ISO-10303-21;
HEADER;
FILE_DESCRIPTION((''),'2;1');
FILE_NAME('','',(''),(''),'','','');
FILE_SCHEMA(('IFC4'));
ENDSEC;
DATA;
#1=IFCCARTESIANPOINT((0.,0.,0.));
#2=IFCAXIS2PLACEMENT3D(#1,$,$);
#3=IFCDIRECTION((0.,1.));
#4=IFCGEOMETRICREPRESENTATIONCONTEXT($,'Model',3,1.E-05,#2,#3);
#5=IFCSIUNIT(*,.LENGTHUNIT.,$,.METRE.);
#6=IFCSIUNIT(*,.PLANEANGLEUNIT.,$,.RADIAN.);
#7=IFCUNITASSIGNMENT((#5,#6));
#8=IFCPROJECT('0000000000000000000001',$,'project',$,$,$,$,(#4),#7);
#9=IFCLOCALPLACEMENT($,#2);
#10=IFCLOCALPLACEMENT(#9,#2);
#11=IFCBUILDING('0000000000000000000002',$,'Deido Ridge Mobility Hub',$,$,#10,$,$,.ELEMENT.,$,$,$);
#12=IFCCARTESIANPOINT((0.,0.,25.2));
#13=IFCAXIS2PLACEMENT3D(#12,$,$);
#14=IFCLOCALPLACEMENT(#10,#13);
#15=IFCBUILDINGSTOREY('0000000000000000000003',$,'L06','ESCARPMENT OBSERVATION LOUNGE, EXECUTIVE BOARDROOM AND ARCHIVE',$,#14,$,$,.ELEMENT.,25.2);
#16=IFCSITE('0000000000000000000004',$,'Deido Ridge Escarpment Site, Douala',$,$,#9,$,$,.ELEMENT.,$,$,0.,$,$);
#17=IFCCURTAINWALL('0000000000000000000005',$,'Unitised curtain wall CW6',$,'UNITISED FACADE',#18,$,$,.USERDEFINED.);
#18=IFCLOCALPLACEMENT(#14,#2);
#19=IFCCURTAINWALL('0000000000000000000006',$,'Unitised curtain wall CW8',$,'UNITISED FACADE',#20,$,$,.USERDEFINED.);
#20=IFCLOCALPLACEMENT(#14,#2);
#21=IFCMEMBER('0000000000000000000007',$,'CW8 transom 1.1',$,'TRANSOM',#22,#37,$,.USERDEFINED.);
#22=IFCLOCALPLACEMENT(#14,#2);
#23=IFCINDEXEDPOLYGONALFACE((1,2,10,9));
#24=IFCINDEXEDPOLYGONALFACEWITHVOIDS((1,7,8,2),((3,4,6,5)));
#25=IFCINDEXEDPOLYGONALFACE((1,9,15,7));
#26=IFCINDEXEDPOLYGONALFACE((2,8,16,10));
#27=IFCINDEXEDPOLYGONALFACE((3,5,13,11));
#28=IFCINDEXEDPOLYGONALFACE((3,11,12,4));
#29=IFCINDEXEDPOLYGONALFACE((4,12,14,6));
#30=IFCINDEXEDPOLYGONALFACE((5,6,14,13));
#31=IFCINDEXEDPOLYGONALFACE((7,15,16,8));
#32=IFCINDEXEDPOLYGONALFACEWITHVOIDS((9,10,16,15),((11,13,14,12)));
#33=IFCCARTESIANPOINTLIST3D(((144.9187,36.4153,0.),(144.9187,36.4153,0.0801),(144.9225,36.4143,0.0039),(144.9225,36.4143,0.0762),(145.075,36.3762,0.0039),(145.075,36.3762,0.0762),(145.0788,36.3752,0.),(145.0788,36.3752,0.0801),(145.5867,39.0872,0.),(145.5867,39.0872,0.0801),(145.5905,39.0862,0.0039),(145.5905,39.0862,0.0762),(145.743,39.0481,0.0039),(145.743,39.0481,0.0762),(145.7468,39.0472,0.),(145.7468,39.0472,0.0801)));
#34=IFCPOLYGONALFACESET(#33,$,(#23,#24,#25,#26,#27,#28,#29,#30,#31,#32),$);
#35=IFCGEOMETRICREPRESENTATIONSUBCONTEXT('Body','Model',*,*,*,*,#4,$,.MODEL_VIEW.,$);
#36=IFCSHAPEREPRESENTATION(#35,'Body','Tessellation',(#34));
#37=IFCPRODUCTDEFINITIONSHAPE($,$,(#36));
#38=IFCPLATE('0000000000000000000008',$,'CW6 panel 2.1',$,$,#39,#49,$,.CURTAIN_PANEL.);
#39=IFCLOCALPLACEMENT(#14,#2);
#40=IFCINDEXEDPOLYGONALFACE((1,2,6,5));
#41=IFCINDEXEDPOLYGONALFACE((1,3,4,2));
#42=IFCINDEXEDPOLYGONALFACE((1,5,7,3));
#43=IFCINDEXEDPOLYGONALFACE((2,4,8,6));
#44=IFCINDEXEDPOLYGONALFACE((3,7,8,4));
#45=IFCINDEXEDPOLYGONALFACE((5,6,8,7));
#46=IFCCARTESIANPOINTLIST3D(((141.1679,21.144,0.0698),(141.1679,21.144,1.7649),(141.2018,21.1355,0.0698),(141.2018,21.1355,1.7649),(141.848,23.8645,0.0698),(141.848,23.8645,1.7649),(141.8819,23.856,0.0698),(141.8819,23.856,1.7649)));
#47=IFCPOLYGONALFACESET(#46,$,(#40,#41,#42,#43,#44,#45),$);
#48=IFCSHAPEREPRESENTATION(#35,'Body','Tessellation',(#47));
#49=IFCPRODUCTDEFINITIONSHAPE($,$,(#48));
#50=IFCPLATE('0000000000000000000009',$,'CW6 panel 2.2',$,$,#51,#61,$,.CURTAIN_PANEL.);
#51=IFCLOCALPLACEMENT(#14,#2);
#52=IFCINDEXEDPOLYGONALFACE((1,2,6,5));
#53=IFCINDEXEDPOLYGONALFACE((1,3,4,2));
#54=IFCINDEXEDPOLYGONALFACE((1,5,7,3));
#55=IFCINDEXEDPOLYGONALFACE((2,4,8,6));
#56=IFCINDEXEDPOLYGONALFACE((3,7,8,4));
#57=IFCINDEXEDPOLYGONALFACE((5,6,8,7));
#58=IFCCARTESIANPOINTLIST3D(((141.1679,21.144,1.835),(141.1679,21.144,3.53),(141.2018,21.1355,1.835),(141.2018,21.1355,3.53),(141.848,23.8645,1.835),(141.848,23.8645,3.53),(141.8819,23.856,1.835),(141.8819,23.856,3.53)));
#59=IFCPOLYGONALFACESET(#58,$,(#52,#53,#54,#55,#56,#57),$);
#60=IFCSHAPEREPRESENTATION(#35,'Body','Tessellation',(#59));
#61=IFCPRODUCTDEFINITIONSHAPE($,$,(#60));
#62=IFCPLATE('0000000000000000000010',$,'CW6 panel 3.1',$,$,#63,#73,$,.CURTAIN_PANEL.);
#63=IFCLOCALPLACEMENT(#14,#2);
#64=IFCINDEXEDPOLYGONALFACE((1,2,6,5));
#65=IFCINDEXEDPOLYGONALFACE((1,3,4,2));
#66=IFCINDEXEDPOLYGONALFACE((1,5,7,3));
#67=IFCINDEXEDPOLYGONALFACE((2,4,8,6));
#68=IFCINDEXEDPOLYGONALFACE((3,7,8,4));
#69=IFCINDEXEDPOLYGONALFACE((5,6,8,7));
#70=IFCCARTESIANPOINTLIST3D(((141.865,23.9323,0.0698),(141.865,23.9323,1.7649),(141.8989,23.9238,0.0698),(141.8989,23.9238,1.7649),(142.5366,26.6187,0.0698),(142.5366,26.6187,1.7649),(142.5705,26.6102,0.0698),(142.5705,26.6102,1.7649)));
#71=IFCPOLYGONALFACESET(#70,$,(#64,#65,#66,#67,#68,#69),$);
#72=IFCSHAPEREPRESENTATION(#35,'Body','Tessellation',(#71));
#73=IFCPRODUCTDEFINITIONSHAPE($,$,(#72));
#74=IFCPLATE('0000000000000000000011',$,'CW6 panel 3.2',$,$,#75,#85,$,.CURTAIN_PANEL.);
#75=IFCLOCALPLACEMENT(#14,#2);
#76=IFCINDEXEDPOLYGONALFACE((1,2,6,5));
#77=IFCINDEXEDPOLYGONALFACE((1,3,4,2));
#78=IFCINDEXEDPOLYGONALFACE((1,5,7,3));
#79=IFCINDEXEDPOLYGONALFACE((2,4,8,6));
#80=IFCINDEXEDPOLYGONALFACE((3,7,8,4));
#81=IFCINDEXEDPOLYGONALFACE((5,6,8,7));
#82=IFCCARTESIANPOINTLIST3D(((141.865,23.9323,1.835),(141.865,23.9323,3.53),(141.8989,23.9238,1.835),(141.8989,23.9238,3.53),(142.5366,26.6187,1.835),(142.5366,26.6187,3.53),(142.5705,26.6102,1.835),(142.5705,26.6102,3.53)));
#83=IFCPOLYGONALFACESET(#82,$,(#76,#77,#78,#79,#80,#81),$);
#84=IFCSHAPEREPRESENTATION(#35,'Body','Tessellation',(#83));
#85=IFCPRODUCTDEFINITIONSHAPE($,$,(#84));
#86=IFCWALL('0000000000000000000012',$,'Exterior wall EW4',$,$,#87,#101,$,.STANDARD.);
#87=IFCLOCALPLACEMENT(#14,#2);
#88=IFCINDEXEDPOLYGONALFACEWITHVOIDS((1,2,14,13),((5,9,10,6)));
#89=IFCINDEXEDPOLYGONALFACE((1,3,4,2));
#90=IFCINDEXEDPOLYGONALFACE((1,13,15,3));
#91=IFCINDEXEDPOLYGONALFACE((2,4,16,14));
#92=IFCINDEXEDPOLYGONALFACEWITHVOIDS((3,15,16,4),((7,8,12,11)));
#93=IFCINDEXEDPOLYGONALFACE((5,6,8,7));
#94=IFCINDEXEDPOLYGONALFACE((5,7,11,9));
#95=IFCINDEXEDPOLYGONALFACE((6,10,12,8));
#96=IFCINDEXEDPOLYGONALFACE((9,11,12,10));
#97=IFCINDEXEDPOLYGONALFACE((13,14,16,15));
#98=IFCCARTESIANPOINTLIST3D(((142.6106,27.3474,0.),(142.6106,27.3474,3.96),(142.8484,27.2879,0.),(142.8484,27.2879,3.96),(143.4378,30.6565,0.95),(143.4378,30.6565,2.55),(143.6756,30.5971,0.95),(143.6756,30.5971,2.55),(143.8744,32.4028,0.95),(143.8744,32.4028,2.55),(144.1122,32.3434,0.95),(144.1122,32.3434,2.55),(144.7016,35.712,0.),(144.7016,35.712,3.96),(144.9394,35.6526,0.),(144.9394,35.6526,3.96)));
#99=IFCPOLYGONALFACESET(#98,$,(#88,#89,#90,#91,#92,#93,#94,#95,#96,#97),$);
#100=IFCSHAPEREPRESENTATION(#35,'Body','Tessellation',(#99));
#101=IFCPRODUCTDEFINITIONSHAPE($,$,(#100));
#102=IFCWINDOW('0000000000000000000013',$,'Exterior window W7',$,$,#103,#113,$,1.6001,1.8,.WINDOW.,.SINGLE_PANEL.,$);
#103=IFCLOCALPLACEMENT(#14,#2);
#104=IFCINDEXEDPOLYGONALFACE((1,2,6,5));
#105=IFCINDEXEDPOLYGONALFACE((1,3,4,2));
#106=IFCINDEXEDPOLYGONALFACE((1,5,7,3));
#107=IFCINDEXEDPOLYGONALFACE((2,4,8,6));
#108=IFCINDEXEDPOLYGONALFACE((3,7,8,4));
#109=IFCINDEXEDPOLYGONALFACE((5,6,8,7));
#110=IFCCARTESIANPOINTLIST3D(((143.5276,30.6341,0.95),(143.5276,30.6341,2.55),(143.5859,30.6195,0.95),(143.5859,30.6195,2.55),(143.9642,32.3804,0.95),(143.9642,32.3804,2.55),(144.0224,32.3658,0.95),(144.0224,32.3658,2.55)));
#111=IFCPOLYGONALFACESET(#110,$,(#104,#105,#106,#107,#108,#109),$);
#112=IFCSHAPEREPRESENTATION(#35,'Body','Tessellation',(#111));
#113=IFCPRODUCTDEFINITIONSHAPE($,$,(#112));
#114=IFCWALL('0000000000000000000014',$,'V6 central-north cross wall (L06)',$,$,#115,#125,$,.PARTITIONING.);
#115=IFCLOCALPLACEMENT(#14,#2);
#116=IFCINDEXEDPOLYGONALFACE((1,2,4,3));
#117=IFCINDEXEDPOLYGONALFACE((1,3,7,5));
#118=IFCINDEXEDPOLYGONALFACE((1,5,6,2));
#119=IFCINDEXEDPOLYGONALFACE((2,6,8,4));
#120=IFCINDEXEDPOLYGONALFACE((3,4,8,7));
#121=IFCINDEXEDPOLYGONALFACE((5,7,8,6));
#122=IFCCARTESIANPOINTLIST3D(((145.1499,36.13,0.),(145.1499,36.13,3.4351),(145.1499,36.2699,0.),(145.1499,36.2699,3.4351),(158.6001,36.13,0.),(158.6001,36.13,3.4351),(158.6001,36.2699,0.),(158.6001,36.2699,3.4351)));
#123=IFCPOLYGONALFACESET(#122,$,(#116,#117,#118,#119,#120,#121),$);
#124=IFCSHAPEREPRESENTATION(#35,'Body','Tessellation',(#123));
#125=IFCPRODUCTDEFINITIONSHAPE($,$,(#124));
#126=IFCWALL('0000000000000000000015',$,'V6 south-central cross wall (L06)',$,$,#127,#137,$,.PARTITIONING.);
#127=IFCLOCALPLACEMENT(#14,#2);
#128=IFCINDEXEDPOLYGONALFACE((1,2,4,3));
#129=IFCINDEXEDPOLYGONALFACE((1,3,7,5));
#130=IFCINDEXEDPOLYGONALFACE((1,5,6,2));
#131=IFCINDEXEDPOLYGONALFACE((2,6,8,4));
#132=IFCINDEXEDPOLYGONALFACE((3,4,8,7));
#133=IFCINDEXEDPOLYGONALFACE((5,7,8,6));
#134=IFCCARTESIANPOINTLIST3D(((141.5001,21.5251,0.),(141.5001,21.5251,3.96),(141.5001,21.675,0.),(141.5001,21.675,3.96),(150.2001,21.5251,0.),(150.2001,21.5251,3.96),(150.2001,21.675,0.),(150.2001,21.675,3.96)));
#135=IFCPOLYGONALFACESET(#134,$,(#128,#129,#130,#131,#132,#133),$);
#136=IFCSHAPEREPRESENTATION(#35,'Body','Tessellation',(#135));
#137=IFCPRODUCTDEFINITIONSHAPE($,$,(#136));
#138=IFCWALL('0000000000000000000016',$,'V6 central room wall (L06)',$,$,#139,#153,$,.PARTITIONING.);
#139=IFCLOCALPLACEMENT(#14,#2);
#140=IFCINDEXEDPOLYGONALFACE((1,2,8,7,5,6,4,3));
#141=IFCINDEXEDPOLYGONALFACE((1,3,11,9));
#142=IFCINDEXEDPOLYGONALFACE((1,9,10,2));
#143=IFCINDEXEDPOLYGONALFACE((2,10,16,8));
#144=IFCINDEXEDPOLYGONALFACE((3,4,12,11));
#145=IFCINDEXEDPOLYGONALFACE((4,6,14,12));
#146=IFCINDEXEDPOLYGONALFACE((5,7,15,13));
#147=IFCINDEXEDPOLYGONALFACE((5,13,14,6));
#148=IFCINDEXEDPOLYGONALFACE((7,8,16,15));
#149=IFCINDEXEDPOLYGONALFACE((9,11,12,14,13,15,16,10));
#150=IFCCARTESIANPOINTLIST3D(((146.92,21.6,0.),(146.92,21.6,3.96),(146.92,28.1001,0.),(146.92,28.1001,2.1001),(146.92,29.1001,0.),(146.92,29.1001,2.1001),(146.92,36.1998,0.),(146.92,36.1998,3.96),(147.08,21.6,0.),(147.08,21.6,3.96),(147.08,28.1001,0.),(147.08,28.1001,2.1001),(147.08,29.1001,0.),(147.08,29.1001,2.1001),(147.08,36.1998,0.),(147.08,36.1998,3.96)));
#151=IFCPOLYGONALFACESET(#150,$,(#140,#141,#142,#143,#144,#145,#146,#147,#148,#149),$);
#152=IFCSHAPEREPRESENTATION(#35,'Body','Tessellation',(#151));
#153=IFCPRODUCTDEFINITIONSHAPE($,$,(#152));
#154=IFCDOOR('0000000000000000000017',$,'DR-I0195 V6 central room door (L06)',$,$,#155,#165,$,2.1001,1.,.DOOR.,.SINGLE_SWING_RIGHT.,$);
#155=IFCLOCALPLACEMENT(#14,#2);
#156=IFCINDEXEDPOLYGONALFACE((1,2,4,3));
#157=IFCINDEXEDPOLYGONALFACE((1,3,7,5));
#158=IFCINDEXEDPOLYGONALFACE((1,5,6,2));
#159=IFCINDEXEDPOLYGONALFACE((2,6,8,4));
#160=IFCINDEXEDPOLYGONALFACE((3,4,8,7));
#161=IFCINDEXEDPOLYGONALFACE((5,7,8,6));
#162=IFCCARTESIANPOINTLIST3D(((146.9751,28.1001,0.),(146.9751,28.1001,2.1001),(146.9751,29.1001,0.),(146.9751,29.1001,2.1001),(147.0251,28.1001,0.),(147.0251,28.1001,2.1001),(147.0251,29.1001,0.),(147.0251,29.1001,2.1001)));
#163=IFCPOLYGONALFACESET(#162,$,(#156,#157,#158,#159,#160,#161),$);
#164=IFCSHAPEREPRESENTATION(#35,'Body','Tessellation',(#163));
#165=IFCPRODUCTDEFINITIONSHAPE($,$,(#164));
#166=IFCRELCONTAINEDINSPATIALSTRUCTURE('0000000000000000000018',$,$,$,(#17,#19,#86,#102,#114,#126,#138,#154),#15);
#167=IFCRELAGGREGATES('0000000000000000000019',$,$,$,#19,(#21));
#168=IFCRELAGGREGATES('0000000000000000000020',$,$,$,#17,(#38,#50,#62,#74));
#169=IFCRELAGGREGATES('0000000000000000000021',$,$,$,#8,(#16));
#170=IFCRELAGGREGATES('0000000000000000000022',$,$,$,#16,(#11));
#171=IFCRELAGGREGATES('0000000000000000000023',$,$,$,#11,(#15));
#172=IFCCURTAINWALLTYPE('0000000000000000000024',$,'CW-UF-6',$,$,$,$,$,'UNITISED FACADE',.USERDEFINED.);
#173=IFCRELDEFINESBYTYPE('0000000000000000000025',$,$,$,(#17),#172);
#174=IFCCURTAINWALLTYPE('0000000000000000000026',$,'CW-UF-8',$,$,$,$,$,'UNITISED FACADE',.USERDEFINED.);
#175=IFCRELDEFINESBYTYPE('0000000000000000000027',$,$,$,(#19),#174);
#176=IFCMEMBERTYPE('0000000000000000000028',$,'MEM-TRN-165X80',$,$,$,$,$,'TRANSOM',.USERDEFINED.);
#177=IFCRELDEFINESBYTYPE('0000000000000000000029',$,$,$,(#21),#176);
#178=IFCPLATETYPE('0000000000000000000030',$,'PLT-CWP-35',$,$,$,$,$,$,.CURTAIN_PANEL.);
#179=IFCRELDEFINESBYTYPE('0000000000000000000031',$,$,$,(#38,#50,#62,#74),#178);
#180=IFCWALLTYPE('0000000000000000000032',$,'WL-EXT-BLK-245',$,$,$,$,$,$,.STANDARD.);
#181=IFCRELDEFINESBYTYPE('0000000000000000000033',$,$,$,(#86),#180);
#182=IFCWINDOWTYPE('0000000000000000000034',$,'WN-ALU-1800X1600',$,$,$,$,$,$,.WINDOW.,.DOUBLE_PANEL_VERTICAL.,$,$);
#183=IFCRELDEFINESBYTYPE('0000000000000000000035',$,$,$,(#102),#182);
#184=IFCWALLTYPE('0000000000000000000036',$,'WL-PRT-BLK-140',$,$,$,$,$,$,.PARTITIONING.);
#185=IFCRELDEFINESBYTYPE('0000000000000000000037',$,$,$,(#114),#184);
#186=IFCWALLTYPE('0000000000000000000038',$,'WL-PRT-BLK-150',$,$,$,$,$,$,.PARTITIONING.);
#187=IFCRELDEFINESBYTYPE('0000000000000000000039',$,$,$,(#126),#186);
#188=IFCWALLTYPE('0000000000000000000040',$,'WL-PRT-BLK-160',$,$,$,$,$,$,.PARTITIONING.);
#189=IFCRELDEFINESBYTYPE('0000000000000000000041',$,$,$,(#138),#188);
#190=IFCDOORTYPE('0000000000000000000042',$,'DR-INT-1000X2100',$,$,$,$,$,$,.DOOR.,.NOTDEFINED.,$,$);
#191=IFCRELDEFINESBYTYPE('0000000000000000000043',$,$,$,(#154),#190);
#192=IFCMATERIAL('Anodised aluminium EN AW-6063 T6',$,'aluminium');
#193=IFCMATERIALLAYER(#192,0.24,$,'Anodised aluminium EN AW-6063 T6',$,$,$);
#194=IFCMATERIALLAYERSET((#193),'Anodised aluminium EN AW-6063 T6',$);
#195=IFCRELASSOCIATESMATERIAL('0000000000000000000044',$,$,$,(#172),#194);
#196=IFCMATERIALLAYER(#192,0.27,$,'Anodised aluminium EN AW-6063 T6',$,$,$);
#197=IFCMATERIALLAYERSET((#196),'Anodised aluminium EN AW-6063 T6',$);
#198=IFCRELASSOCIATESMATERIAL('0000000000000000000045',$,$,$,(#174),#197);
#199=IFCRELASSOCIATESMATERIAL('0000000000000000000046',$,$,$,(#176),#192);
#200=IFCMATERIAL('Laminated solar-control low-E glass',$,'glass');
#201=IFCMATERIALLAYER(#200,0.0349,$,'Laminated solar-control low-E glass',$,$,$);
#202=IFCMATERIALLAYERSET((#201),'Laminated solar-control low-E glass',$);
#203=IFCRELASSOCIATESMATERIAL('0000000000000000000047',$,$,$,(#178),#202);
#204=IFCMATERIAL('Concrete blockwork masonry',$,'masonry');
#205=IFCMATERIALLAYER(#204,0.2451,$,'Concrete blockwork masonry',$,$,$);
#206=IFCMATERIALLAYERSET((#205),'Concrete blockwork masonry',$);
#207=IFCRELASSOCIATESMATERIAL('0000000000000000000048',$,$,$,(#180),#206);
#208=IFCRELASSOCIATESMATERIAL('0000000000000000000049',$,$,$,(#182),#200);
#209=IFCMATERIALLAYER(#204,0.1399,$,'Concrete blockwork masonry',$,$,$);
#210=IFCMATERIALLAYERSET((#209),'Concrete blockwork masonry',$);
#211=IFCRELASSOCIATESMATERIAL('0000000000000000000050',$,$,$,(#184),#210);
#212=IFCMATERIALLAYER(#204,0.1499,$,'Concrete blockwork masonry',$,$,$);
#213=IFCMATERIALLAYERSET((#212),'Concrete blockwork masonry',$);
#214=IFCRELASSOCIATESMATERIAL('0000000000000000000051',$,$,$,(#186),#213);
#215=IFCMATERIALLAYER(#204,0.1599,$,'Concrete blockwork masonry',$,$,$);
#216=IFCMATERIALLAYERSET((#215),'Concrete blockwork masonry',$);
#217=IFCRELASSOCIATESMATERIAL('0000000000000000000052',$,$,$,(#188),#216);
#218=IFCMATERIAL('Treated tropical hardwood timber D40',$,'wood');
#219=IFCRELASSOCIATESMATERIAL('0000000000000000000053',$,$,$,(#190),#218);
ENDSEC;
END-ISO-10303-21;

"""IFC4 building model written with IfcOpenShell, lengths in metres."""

from ifc_helpers import new_model, si_unit, direction, frame, frame_2d, origin, origin_2d, place, context, subcontext, project, spatial, rectangle, hollow_rectangle, extrude, material, layer, layer_set, material_profile, profile_set, type_object, element, fill, aggregate, save


model = new_model("IFC4")

# Units and contexts
model_context = context("Model", 3, precision=1e-05, world=origin(), true_north=direction((0.0, 1.0)))
body_context = subcontext(model_context, "Body", "Model", "MODEL_VIEW")
ifc_project = project(units=[si_unit("LENGTHUNIT", "METRE"), si_unit("PLANEANGLEUNIT", "RADIAN")], contexts=[model_context])

# Site, building, storey
site_placement = place(None, origin())
site = spatial("IfcSite", under=ifc_project, at=site_placement, Name="Deido Ridge Escarpment Site, Douala", CompositionType="ELEMENT", RefElevation=0.0)
building_placement = place(site_placement, origin())
building = spatial("IfcBuilding", under=site, at=building_placement, Name="Deido Ridge Mobility Hub", CompositionType="ELEMENT")
storey_placement = place(building_placement, frame((0.0, 0.0, 25.2)))
storey = spatial("IfcBuildingStorey", under=building, at=storey_placement, Name="L06", Description="ESCARPMENT OBSERVATION LOUNGE, EXECUTIVE BOARDROOM AND ARCHIVE", CompositionType="ELEMENT", Elevation=25.2)

# Curtain wall
ifc_material_1 = material(Name="Anodised aluminium EN AW-6063 T6", Category="aluminium")
ifc_layer_1 = layer(ifc_material_1, 0.24, Name="Anodised aluminium EN AW-6063 T6")
ifc_layer_set_1 = layer_set([ifc_layer_1], Name="Anodised aluminium EN AW-6063 T6")
curtain_wall_type_1 = type_object("IfcCurtainWallType", Name="CW-UF-6", ElementType="UNITISED FACADE", PredefinedType="USERDEFINED", material=ifc_layer_set_1)
curtain_wall_1_placement = place(storey_placement, origin())
curtain_wall_1 = element("IfcCurtainWall", 1, at=curtain_wall_1_placement, inside=storey, type_object=curtain_wall_type_1, Name="Unitised curtain wall CW6", ObjectType="UNITISED FACADE", PredefinedType="USERDEFINED")

# Curtain wall
ifc_layer_2 = layer(ifc_material_1, 0.27, Name="Anodised aluminium EN AW-6063 T6")
ifc_layer_set_2 = layer_set([ifc_layer_2], Name="Anodised aluminium EN AW-6063 T6")
curtain_wall_type_2 = type_object("IfcCurtainWallType", Name="CW-UF-8", ElementType="UNITISED FACADE", PredefinedType="USERDEFINED", material=ifc_layer_set_2)
curtain_wall_2_placement = place(storey_placement, origin())
curtain_wall_2 = element("IfcCurtainWall", 2, at=curtain_wall_2_placement, inside=storey, type_object=curtain_wall_type_2, Name="Unitised curtain wall CW8", ObjectType="UNITISED FACADE", PredefinedType="USERDEFINED")

# Member
ifc_material_profile_1 = material_profile(ifc_material_1, hollow_rectangle(XDim=0.165, YDim=0.0801, WallThickness=0.0039, at=origin_2d()), Name="RHS 165x80x4")
ifc_profile_set_1 = profile_set([ifc_material_profile_1], Name="Anodised aluminium EN AW-6063 T6")
member_type_1 = type_object("IfcMemberType", Name="MEM-TRN-165X80", ElementType="TRANSOM", PredefinedType="USERDEFINED", material=ifc_profile_set_1)
member_1_placement = place(storey_placement, frame((144.9988, 36.3953, 0.04), z_axis=(0.242536, 0.970143, 0.0), x_axis=(-0.970143, 0.242536, 0.0)))
member_1 = element("IfcMember", 3, at=member_1_placement, type_object=member_type_1, Name="CW8 transom 1.1", ObjectType="TRANSOM", PredefinedType="USERDEFINED", context=body_context, shape_type="SweptSolid", body=[
    extrude(hollow_rectangle(XDim=0.165, YDim=0.0801, WallThickness=0.0039, at=origin_2d()), origin(), (0.0, 0.0, 1.0), 2.7542),
])
aggregate(curtain_wall_2, [member_1])

# Plates
ifc_material_2 = material(Name="Laminated solar-control low-E glass", Category="glass")
ifc_layer_3 = layer(ifc_material_2, 0.0349, Name="Laminated solar-control low-E glass")
ifc_layer_set_3 = layer_set([ifc_layer_3], Name="Laminated solar-control low-E glass")
plate_type = type_object("IfcPlateType", Name="PLT-CWP-35", PredefinedType="CURTAIN_PANEL", material=ifc_layer_set_3)
plate_1_placement = place(storey_placement, frame((141.5249, 22.5, 0.0698), z_axis=(0.0, 0.0, 1.0), x_axis=(0.242536, 0.970143, 0.0)))
plate_1 = element("IfcPlate", 4, at=plate_1_placement, type_object=plate_type, Name="CW6 panel 2.1", PredefinedType="CURTAIN_PANEL", context=body_context, shape_type="SweptSolid", body=[
    extrude(rectangle(XDim=2.8042, YDim=0.0349, at=origin_2d()), origin(), (0.0, 0.0, 1.0), 1.6951),
])
plate_2_placement = place(storey_placement, frame((141.5249, 22.5, 1.835), z_axis=(0.0, 0.0, 1.0), x_axis=(0.242536, 0.970143, 0.0)))
plate_2 = element("IfcPlate", 5, at=plate_2_placement, type_object=plate_type, Name="CW6 panel 2.2", PredefinedType="CURTAIN_PANEL", context=body_context, shape_type="SweptSolid", body=[
    extrude(rectangle(XDim=2.8042, YDim=0.0349, at=origin_2d()), origin(), (0.0, 0.0, 1.0), 1.6951),
])
plate_3_placement = place(storey_placement, frame((142.2178, 25.2712, 0.0698), z_axis=(0.0, 0.0, 1.0), x_axis=(0.242536, 0.970143, 0.0)))
plate_3 = element("IfcPlate", 6, at=plate_3_placement, type_object=plate_type, Name="CW6 panel 3.1", PredefinedType="CURTAIN_PANEL", context=body_context, shape_type="SweptSolid", body=[
    extrude(rectangle(XDim=2.769, YDim=0.0349, at=origin_2d()), origin(), (0.0, 0.0, 1.0), 1.6951),
])
plate_4_placement = place(storey_placement, frame((142.2178, 25.2712, 1.835), z_axis=(0.0, 0.0, 1.0), x_axis=(0.242536, 0.970143, 0.0)))
plate_4 = element("IfcPlate", 7, at=plate_4_placement, type_object=plate_type, Name="CW6 panel 3.2", PredefinedType="CURTAIN_PANEL", context=body_context, shape_type="SweptSolid", body=[
    extrude(rectangle(XDim=2.769, YDim=0.0349, at=origin_2d()), origin(), (0.0, 0.0, 1.0), 1.6951),
])
aggregate(curtain_wall_1, [plate_1, plate_2, plate_3, plate_4])

# Wall, opening, window
ifc_material_3 = material(Name="Concrete blockwork masonry", Category="masonry")
ifc_layer_4 = layer(ifc_material_3, 0.2451, Name="Concrete blockwork masonry")
ifc_layer_set_4 = layer_set([ifc_layer_4], Name="Concrete blockwork masonry")
wall_type_1 = type_object("IfcWallType", Name="WL-EXT-BLK-245", PredefinedType="STANDARD", material=ifc_layer_set_4)
wall_1_placement = place(storey_placement, frame((142.7295, 27.3176, 0.0), z_axis=(0.0, 0.0, 1.0), x_axis=(0.242522, 0.970146, 0.0)))
wall_1 = element("IfcWall", 8, at=wall_1_placement, inside=storey, type_object=wall_type_1, Name="Exterior wall EW4", PredefinedType="STANDARD", context=body_context, shape_type="SweptSolid", body=[
    extrude(rectangle(XDim=8.6221, YDim=0.2451, at=frame_2d((4.311, 0.0))), origin(), (0.0, 0.0, 1.0), 3.96),
])
opening_1_placement = place(wall_1_placement, frame((3.4111, 0.0, 0.95)))
opening_1 = element("IfcOpeningElement", 9, at=opening_1_placement, cuts=wall_1, PredefinedType="OPENING", context=body_context, shape_type="SweptSolid", body=[
    extrude(rectangle(XDim=1.8, YDim=1.6001, at=frame_2d((0.8999, 0.8))), frame((0.0, 0.1326, 0.0), z_axis=(0.0, -1.0, 0.0), x_axis=(1.0, 0.0, 0.0)), (0.0, 0.0, 1.0), 0.2651),
])
window_type = type_object("IfcWindowType", Name="WN-ALU-1800X1600", PartitioningType="DOUBLE_PANEL_VERTICAL", PredefinedType="WINDOW", material=ifc_material_2)
window_placement = place(opening_1_placement, origin())
window = element("IfcWindow", 10, at=window_placement, inside=storey, type_object=window_type, Name="Exterior window W7", OverallHeight=1.6001, OverallWidth=1.8, PartitioningType="SINGLE_PANEL", PredefinedType="WINDOW", context=body_context, shape_type="SweptSolid", body=[
    extrude(rectangle(XDim=1.8, YDim=1.6001, at=frame_2d((0.8999, 0.8))), frame((0.0, 0.03, 0.0), z_axis=(0.0, -1.0, 0.0), x_axis=(1.0, 0.0, 0.0)), (0.0, 0.0, 1.0), 0.0601),
])
fill(opening_1, window)

# Walls
ifc_layer_5 = layer(ifc_material_3, 0.1399, Name="Concrete blockwork masonry")
ifc_layer_set_5 = layer_set([ifc_layer_5], Name="Concrete blockwork masonry")
wall_type_2 = type_object("IfcWallType", Name="WL-PRT-BLK-140", PredefinedType="PARTITIONING", material=ifc_layer_set_5)
wall_2_placement = place(storey_placement, frame((145.1499, 36.2, 0.0), z_axis=(0.0, 0.0, 1.0), x_axis=(1.0, 0.0, 0.0)))
element("IfcWall", 11, at=wall_2_placement, inside=storey, type_object=wall_type_2, Name="V6 central-north cross wall (L06)", PredefinedType="PARTITIONING", context=body_context, shape_type="SweptSolid", body=[
    extrude(rectangle(XDim=13.4502, YDim=0.1399, at=frame_2d((6.7251, 0.0))), origin(), (0.0, 0.0, 1.0), 3.4351),
])
ifc_layer_6 = layer(ifc_material_3, 0.1499, Name="Concrete blockwork masonry")
ifc_layer_set_6 = layer_set([ifc_layer_6], Name="Concrete blockwork masonry")
wall_type_3 = type_object("IfcWallType", Name="WL-PRT-BLK-150", PredefinedType="PARTITIONING", material=ifc_layer_set_6)
wall_3_placement = place(storey_placement, frame((141.5, 21.6001, 0.0), z_axis=(0.0, 0.0, 1.0), x_axis=(1.0, 0.0, 0.0)))
element("IfcWall", 12, at=wall_3_placement, inside=storey, type_object=wall_type_3, Name="V6 south-central cross wall (L06)", PredefinedType="PARTITIONING", context=body_context, shape_type="SweptSolid", body=[
    extrude(rectangle(XDim=8.7, YDim=0.1499, at=frame_2d((4.3501, 0.0))), origin(), (0.0, 0.0, 1.0), 3.96),
])

# Wall, opening, door
ifc_layer_7 = layer(ifc_material_3, 0.1599, Name="Concrete blockwork masonry")
ifc_layer_set_7 = layer_set([ifc_layer_7], Name="Concrete blockwork masonry")
wall_type_4 = type_object("IfcWallType", Name="WL-PRT-BLK-160", PredefinedType="PARTITIONING", material=ifc_layer_set_7)
wall_4_placement = place(storey_placement, frame((147.0, 21.6001, 0.0), z_axis=(0.0, 0.0, 1.0), x_axis=(0.0, 1.0, 0.0)))
wall_4 = element("IfcWall", 13, at=wall_4_placement, inside=storey, type_object=wall_type_4, Name="V6 central room wall (L06)", PredefinedType="PARTITIONING", context=body_context, shape_type="SweptSolid", body=[
    extrude(rectangle(XDim=14.5999, YDim=0.1599, at=frame_2d((7.2998, 0.0))), origin(), (0.0, 0.0, 1.0), 3.96),
])
opening_2_placement = place(wall_4_placement, frame((6.5, 0.0, 0.0)))
opening_2 = element("IfcOpeningElement", 14, at=opening_2_placement, cuts=wall_4, PredefinedType="OPENING", context=body_context, shape_type="SweptSolid", body=[
    extrude(rectangle(XDim=1.0, YDim=2.1001, at=frame_2d((0.5, 1.05))), frame((0.0, 0.0898, 0.0), z_axis=(0.0, -1.0, 0.0), x_axis=(1.0, 0.0, 0.0)), (0.0, 0.0, 1.0), 0.1799),
])
ifc_material_4 = material(Name="Treated tropical hardwood timber D40", Category="wood")
door_type_1 = type_object("IfcDoorType", Name="DR-INT-1000X2100", OperationType="NOTDEFINED", PredefinedType="DOOR", material=ifc_material_4)
door_1_placement = place(opening_2_placement, origin())
door_1 = element("IfcDoor", 15, at=door_1_placement, inside=storey, type_object=door_type_1, Name="DR-I0195 V6 central room door (L06)", OperationType="SINGLE_SWING_RIGHT", OverallHeight=2.1001, OverallWidth=1.0, PredefinedType="DOOR", context=body_context, shape_type="SweptSolid", body=[
    extrude(rectangle(XDim=1.0, YDim=2.1001, at=frame_2d((0.5, 1.05))), frame((0.0, 0.0249, 0.0), z_axis=(0.0, -1.0, 0.0), x_axis=(1.0, 0.0, 0.0)), (0.0, 0.0, 1.0), 0.05),
])
fill(opening_2, door_1)

save(model, "model.ifc")
